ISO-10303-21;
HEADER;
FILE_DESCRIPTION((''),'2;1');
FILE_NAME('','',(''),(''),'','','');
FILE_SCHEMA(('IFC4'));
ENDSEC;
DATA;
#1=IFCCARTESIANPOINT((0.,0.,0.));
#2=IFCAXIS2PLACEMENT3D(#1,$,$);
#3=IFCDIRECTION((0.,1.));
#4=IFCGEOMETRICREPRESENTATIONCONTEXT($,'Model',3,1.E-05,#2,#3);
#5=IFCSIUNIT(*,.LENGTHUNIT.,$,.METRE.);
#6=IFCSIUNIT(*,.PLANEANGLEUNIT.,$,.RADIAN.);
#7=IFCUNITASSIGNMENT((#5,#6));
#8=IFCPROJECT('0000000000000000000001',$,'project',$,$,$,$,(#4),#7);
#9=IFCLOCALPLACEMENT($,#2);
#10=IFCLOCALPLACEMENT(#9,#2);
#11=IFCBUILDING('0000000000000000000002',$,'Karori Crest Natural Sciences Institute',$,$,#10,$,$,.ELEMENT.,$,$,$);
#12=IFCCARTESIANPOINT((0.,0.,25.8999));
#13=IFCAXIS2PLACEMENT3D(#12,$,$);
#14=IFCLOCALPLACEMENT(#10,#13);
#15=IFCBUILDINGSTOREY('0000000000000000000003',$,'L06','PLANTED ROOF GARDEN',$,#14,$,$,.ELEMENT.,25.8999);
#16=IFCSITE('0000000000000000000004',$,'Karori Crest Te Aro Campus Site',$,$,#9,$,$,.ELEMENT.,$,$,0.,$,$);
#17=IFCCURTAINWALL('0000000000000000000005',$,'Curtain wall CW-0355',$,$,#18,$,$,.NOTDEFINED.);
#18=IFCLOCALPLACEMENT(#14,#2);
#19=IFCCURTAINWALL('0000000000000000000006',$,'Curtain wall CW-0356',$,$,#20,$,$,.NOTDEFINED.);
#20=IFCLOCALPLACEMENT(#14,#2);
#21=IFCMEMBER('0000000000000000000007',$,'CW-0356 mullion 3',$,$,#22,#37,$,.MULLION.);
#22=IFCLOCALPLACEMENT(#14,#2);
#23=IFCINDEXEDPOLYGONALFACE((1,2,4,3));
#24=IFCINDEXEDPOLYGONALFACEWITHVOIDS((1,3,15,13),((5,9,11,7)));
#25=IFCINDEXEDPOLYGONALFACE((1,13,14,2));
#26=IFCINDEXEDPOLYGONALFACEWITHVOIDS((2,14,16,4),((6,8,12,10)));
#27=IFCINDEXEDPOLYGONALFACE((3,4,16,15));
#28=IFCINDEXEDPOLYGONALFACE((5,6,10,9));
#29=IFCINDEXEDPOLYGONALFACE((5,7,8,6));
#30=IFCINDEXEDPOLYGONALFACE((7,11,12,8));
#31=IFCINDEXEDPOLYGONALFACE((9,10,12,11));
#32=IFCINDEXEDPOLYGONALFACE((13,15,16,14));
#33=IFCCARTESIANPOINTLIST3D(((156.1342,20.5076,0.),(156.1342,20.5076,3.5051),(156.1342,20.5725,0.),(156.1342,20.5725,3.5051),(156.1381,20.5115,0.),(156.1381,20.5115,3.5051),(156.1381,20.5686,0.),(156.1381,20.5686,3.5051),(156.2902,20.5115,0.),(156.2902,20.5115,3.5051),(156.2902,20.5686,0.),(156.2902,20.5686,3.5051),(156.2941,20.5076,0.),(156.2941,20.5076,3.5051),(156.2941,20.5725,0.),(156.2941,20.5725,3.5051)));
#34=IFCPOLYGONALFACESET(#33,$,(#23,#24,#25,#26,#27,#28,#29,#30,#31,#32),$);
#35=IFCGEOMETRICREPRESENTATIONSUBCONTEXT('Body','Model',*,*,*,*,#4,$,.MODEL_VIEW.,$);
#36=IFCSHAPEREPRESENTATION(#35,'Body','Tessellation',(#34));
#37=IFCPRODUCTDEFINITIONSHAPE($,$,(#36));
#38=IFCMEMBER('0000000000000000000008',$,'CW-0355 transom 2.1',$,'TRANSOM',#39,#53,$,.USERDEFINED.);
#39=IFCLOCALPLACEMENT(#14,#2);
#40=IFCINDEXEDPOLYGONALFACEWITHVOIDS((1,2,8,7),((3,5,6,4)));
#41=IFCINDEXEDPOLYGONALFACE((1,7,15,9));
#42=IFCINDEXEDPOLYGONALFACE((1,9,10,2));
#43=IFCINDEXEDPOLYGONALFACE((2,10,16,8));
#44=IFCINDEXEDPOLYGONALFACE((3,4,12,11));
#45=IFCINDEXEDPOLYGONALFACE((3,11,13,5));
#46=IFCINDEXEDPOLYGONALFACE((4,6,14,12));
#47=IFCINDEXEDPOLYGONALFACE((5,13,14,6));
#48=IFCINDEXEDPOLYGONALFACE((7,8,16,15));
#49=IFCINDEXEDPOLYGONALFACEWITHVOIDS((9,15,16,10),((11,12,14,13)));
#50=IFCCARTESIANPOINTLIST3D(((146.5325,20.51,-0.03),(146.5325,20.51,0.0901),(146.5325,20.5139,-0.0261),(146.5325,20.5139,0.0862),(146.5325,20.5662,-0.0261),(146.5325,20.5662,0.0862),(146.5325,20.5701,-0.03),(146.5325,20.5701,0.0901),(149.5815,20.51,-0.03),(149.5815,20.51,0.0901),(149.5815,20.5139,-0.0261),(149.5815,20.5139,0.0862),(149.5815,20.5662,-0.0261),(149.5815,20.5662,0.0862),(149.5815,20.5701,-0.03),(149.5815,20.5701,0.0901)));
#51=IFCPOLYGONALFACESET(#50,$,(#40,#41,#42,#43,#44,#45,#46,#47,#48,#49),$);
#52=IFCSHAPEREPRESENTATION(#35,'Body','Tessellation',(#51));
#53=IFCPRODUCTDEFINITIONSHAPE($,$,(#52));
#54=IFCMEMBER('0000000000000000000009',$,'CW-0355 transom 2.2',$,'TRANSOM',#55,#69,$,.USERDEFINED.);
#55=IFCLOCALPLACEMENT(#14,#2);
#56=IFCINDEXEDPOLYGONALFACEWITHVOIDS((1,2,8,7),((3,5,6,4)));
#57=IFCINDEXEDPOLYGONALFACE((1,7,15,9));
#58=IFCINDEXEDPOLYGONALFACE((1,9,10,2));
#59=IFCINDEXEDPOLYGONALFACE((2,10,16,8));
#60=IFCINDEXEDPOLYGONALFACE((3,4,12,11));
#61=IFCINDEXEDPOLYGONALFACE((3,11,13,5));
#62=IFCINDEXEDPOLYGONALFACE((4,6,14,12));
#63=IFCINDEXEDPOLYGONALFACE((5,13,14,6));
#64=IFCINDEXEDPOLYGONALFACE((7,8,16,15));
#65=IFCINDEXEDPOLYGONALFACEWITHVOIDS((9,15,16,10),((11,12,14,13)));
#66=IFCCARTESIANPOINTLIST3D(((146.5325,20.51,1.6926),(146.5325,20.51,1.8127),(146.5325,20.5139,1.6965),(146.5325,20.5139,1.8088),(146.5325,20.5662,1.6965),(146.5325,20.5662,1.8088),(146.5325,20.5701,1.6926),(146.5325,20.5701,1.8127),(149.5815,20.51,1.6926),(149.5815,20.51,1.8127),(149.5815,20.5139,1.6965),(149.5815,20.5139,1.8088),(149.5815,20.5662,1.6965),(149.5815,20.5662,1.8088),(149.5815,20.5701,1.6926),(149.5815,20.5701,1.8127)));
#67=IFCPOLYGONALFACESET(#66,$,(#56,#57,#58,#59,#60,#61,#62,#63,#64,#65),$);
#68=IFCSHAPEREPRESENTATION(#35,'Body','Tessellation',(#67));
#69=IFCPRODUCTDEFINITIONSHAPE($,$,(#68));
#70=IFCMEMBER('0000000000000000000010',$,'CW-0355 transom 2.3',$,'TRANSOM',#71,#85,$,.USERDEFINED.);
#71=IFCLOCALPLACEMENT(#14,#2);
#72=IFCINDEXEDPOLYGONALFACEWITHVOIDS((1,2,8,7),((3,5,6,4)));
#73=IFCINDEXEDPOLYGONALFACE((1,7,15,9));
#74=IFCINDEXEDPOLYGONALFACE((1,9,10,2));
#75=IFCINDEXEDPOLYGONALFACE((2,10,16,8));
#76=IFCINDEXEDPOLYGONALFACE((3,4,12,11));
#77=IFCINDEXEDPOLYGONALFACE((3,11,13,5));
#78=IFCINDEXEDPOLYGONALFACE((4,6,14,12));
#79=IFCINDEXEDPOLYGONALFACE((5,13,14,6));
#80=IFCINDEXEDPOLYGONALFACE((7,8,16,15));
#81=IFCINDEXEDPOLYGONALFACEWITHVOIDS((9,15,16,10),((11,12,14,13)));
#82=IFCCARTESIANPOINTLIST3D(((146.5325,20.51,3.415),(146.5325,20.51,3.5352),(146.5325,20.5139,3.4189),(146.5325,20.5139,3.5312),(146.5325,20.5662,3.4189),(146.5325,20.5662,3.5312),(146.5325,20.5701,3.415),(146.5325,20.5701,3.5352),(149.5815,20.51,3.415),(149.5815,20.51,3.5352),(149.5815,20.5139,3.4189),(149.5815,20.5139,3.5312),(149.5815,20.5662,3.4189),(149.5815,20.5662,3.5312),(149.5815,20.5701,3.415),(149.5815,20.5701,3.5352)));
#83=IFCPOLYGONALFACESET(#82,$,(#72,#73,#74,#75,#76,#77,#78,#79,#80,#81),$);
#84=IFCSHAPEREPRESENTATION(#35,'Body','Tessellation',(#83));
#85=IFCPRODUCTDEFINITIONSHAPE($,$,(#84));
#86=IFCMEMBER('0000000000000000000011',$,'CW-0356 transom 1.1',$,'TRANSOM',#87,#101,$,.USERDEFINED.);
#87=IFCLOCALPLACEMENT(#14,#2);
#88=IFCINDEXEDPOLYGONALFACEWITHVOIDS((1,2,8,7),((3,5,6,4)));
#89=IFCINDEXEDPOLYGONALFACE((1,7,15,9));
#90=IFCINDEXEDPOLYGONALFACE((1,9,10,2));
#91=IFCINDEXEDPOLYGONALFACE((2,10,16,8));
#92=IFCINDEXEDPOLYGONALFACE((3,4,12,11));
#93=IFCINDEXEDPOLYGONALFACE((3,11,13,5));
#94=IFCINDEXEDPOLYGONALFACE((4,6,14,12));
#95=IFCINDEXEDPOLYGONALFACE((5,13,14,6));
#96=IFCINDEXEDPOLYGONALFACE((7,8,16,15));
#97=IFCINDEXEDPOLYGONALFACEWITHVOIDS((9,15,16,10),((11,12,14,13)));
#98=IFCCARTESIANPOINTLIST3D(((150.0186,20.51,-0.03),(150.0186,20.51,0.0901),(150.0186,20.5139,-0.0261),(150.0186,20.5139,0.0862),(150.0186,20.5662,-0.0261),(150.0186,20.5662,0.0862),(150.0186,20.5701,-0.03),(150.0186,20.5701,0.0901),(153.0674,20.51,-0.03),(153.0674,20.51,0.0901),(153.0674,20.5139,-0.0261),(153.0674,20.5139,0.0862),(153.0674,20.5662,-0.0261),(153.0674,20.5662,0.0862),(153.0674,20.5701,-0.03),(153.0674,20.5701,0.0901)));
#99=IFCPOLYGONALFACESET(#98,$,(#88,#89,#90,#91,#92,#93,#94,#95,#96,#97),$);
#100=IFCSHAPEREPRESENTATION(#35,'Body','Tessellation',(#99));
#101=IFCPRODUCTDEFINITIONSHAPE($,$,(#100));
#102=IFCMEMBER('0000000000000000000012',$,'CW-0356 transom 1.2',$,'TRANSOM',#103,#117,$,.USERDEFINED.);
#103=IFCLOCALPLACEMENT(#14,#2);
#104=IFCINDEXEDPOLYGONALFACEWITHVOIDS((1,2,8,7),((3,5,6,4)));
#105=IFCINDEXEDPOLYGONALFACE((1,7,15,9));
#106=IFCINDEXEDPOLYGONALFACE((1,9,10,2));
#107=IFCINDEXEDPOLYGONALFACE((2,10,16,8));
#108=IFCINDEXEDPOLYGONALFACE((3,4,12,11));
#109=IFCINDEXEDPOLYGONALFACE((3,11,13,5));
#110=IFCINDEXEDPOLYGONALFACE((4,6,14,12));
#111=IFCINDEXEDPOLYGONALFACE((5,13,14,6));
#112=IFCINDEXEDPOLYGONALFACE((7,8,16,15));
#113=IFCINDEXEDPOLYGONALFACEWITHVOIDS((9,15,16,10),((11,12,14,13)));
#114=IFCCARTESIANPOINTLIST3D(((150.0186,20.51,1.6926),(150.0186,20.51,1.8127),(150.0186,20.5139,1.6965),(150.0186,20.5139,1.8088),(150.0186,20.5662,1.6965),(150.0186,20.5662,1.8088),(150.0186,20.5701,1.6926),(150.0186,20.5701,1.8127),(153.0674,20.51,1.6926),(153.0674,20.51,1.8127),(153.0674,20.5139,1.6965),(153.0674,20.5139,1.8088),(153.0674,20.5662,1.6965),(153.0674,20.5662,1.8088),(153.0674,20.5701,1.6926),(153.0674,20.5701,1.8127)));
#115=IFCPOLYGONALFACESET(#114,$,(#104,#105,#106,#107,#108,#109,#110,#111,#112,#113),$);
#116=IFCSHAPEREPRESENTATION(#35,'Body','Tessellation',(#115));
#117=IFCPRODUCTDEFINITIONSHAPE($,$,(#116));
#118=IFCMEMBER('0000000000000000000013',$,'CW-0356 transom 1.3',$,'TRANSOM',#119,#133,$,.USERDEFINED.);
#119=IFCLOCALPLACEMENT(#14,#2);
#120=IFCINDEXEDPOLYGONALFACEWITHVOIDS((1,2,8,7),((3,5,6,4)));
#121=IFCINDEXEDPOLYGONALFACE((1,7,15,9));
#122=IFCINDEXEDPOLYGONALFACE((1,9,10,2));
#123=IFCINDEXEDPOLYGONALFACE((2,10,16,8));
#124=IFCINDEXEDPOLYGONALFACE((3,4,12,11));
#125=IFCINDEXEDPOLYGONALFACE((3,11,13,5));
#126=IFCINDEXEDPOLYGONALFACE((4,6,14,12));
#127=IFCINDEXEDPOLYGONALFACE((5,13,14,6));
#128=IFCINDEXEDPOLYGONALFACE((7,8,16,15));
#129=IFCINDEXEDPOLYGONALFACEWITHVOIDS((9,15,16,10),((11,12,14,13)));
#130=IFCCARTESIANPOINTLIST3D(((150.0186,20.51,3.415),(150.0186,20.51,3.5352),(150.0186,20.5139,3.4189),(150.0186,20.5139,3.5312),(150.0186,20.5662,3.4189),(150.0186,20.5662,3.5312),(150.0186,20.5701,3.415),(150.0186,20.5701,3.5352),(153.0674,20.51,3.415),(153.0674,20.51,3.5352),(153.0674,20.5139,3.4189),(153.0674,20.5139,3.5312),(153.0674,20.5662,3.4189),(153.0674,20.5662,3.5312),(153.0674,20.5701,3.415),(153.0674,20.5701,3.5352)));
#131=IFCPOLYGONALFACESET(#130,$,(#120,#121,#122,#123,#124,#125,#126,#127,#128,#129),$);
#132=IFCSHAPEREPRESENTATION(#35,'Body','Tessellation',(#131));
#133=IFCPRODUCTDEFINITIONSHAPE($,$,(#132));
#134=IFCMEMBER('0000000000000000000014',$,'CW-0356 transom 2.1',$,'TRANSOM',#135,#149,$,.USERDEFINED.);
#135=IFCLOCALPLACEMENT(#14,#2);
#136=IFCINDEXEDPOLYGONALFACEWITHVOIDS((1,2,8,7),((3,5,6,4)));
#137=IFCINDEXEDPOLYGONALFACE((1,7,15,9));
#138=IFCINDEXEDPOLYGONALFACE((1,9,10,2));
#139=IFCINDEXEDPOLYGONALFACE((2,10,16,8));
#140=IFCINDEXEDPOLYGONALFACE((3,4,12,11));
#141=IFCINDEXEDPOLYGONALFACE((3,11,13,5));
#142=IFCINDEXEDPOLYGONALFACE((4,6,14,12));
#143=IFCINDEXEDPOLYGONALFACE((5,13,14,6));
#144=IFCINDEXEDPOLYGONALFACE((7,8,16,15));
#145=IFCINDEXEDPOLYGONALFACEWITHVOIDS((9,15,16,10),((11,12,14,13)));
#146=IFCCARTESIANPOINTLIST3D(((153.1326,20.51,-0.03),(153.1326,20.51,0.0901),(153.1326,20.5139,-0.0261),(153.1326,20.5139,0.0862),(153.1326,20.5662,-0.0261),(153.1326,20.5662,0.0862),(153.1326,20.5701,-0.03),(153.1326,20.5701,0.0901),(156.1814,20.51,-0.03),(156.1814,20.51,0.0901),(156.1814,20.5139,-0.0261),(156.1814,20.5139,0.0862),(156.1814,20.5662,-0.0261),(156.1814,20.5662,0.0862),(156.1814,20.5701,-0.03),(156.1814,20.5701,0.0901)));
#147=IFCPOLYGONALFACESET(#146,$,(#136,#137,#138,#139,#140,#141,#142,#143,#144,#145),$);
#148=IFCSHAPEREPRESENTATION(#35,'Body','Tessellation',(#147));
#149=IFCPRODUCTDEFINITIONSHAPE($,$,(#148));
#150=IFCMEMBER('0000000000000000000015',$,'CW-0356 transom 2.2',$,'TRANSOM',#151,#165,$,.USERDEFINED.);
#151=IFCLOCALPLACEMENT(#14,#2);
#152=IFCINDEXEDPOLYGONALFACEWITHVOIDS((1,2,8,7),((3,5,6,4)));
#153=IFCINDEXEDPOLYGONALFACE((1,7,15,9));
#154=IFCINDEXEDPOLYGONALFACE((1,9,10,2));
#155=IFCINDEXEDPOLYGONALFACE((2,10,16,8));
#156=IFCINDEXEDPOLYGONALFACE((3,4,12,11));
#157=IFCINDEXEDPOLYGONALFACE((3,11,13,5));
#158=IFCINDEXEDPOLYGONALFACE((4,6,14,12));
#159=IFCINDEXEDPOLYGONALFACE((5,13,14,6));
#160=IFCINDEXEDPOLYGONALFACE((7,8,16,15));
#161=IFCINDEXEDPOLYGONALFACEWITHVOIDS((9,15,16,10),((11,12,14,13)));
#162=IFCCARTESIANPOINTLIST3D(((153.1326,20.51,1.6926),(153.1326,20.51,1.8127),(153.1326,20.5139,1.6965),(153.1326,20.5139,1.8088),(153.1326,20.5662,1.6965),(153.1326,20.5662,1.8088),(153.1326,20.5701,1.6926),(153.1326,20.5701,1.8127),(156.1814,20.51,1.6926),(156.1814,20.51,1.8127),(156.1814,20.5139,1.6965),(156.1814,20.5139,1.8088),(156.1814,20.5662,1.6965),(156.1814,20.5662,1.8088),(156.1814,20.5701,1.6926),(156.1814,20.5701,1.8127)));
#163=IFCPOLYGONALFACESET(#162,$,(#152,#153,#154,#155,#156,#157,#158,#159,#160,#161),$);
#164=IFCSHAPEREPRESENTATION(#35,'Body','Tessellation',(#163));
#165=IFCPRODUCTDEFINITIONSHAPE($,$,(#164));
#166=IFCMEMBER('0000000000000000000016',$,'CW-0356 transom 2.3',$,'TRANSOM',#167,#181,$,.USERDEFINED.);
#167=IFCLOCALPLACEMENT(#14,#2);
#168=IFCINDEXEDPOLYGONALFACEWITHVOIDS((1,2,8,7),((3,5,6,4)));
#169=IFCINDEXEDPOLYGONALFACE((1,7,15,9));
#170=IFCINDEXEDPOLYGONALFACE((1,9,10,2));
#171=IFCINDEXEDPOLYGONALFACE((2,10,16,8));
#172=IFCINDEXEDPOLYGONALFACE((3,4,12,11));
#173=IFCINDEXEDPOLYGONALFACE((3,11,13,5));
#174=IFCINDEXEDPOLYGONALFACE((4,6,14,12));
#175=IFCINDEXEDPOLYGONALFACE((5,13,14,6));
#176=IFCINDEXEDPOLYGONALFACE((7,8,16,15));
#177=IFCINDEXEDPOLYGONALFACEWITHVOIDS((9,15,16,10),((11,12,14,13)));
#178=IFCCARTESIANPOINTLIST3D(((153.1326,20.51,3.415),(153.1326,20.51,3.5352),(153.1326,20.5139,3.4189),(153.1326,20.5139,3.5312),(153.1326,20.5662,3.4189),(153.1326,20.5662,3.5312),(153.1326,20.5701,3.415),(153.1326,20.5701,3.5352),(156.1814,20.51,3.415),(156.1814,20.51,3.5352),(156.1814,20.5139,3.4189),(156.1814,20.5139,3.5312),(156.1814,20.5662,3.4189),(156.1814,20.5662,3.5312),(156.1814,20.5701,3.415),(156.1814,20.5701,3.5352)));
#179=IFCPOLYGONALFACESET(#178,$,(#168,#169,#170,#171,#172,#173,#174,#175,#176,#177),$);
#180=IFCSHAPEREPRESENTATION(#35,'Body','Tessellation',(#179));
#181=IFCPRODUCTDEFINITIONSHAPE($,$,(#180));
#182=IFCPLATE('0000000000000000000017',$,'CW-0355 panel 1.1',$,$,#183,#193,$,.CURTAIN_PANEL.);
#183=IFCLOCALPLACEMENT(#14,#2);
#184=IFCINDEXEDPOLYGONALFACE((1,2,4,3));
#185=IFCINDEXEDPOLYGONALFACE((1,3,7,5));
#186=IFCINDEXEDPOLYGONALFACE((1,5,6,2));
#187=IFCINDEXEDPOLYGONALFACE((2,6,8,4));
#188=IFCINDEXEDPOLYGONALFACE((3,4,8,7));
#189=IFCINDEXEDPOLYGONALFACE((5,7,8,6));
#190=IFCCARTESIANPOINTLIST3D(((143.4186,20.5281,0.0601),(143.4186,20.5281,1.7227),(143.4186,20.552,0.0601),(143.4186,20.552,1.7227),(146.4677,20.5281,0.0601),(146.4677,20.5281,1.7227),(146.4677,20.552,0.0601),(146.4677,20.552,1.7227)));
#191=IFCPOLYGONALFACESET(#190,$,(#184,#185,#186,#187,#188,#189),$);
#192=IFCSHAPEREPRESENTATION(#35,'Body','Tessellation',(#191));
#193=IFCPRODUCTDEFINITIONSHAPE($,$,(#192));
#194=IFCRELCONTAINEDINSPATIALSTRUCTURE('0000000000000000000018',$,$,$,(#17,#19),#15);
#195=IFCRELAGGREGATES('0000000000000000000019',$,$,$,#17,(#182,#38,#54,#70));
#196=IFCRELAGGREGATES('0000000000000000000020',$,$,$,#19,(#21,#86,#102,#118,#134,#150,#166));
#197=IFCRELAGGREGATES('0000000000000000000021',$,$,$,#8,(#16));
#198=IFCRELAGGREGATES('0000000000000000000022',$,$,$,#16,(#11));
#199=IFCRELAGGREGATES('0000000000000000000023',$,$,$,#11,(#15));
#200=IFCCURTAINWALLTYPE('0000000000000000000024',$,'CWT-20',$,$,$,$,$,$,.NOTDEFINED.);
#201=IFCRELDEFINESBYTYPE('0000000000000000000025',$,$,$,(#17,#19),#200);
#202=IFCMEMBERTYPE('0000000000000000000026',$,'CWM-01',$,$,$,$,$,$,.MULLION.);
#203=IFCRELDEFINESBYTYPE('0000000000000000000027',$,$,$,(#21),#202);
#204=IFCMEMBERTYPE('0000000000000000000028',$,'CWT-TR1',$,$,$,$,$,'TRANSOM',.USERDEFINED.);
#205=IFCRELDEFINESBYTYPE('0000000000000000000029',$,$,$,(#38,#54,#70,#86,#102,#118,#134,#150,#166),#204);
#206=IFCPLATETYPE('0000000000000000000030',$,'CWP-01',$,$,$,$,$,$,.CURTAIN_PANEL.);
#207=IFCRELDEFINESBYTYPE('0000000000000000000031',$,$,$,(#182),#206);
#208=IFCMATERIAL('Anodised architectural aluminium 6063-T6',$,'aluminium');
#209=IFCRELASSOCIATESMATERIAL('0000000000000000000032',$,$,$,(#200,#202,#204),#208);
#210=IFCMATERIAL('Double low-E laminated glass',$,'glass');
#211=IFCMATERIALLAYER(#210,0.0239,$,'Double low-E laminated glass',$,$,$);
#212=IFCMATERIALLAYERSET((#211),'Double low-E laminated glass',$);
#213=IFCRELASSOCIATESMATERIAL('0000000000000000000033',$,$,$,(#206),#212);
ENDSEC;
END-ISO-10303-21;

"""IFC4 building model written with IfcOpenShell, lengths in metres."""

from ifc_helpers import new_model, si_unit, direction, frame, origin, origin_2d, place, context, subcontext, project, spatial, rectangle, hollow_rectangle, extrude, material, layer, layer_set, material_profile, profile_set, type_object, element, aggregate, save


model = new_model("IFC4")

# Units and contexts
model_context = context("Model", 3, precision=1e-05, world=origin(), true_north=direction((0.0, 1.0)))
body_context = subcontext(model_context, "Body", "Model", "MODEL_VIEW")
ifc_project = project(units=[si_unit("LENGTHUNIT", "METRE"), si_unit("PLANEANGLEUNIT", "RADIAN")], contexts=[model_context])

# Site, building, storey
site_placement = place(None, origin())
site = spatial("IfcSite", under=ifc_project, at=site_placement, Name="Karori Crest Te Aro Campus Site", CompositionType="ELEMENT", RefElevation=0.0)
building_placement = place(site_placement, origin())
building = spatial("IfcBuilding", under=site, at=building_placement, Name="Karori Crest Natural Sciences Institute", CompositionType="ELEMENT")
storey_placement = place(building_placement, frame((0.0, 0.0, 25.8999)))
storey = spatial("IfcBuildingStorey", under=building, at=storey_placement, Name="L06", Description="PLANTED ROOF GARDEN", CompositionType="ELEMENT", Elevation=25.8999)

# Curtain walls, member
ifc_material_1 = material(Name="Anodised architectural aluminium 6063-T6", Category="aluminium")
curtain_wall_type = type_object("IfcCurtainWallType", Name="CWT-20", PredefinedType="NOTDEFINED", material=ifc_material_1)
curtain_wall_1_placement = place(storey_placement, origin())
curtain_wall_1 = element("IfcCurtainWall", 1, at=curtain_wall_1_placement, inside=storey, type_object=curtain_wall_type, Name="Curtain wall CW-0355", PredefinedType="NOTDEFINED")
ifc_material_profile_1 = material_profile(ifc_material_1, hollow_rectangle(XDim=0.0649, YDim=0.1599, WallThickness=0.0039, at=origin_2d()), Name="CWM160x65x4")
ifc_profile_set_1 = profile_set([ifc_material_profile_1], Name="Anodised architectural aluminium 6063-T6")
member_type_1 = type_object("IfcMemberType", Name="CWM-01", PredefinedType="MULLION", material=ifc_profile_set_1)
curtain_wall_2_placement = place(storey_placement, origin())
curtain_wall_2 = element("IfcCurtainWall", 2, at=curtain_wall_2_placement, inside=storey, type_object=curtain_wall_type, Name="Curtain wall CW-0356", PredefinedType="NOTDEFINED")
member_1_placement = place(storey_placement, frame((156.2141, 20.54, 0.0), z_axis=(0.0, 0.0, 1.0), x_axis=(0.0, 1.0, 0.0)))
member_1 = element("IfcMember", 3, at=member_1_placement, type_object=member_type_1, Name="CW-0356 mullion 3", PredefinedType="MULLION", context=body_context, shape_type="SweptSolid", body=[
    extrude(hollow_rectangle(XDim=0.0649, YDim=0.1599, WallThickness=0.0039, at=origin_2d()), origin(), (0.0, 0.0, 1.0), 3.5051),
])

# Members
ifc_material_profile_2 = material_profile(ifc_material_1, hollow_rectangle(XDim=0.0601, YDim=0.1201, WallThickness=0.0039, at=origin_2d()), Name="CWT120x60x4")
ifc_profile_set_2 = profile_set([ifc_material_profile_2], Name="Anodised architectural aluminium 6063-T6")
member_type_2 = type_object("IfcMemberType", Name="CWT-TR1", ElementType="TRANSOM", PredefinedType="USERDEFINED", material=ifc_profile_set_2)
member_2_placement = place(storey_placement, frame((146.5325, 20.54, 0.03), z_axis=(1.0, 0.0, 0.0), x_axis=(0.0, 1.0, 0.0)))
member_2 = element("IfcMember", 4, at=member_2_placement, type_object=member_type_2, Name="CW-0355 transom 2.1", ObjectType="TRANSOM", PredefinedType="USERDEFINED", context=body_context, shape_type="SweptSolid", body=[
    extrude(hollow_rectangle(XDim=0.0601, YDim=0.1201, WallThickness=0.0039, at=origin_2d()), origin(), (0.0, 0.0, 1.0), 3.0491),
])
member_3_placement = place(storey_placement, frame((146.5325, 20.54, 1.7527), z_axis=(1.0, 0.0, 0.0), x_axis=(0.0, 1.0, 0.0)))
member_3 = element("IfcMember", 5, at=member_3_placement, type_object=member_type_2, Name="CW-0355 transom 2.2", ObjectType="TRANSOM", PredefinedType="USERDEFINED", context=body_context, shape_type="SweptSolid", body=[
    extrude(hollow_rectangle(XDim=0.0601, YDim=0.1201, WallThickness=0.0039, at=origin_2d()), origin(), (0.0, 0.0, 1.0), 3.0491),
])
member_4_placement = place(storey_placement, frame((146.5325, 20.54, 3.4751), z_axis=(1.0, 0.0, 0.0), x_axis=(0.0, 1.0, 0.0)))
member_4 = element("IfcMember", 6, at=member_4_placement, type_object=member_type_2, Name="CW-0355 transom 2.3", ObjectType="TRANSOM", PredefinedType="USERDEFINED", context=body_context, shape_type="SweptSolid", body=[
    extrude(hollow_rectangle(XDim=0.0601, YDim=0.1201, WallThickness=0.0039, at=origin_2d()), origin(), (0.0, 0.0, 1.0), 3.0491),
])
member_5_placement = place(storey_placement, frame((150.0186, 20.54, 0.03), z_axis=(1.0, 0.0, 0.0), x_axis=(0.0, 1.0, 0.0)))
member_5 = element("IfcMember", 7, at=member_5_placement, type_object=member_type_2, Name="CW-0356 transom 1.1", ObjectType="TRANSOM", PredefinedType="USERDEFINED", context=body_context, shape_type="SweptSolid", body=[
    extrude(hollow_rectangle(XDim=0.0601, YDim=0.1201, WallThickness=0.0039, at=origin_2d()), origin(), (0.0, 0.0, 1.0), 3.0488),
])
member_6_placement = place(storey_placement, frame((150.0186, 20.54, 1.7527), z_axis=(1.0, 0.0, 0.0), x_axis=(0.0, 1.0, 0.0)))
member_6 = element("IfcMember", 8, at=member_6_placement, type_object=member_type_2, Name="CW-0356 transom 1.2", ObjectType="TRANSOM", PredefinedType="USERDEFINED", context=body_context, shape_type="SweptSolid", body=[
    extrude(hollow_rectangle(XDim=0.0601, YDim=0.1201, WallThickness=0.0039, at=origin_2d()), origin(), (0.0, 0.0, 1.0), 3.0488),
])
member_7_placement = place(storey_placement, frame((150.0186, 20.54, 3.4751), z_axis=(1.0, 0.0, 0.0), x_axis=(0.0, 1.0, 0.0)))
member_7 = element("IfcMember", 9, at=member_7_placement, type_object=member_type_2, Name="CW-0356 transom 1.3", ObjectType="TRANSOM", PredefinedType="USERDEFINED", context=body_context, shape_type="SweptSolid", body=[
    extrude(hollow_rectangle(XDim=0.0601, YDim=0.1201, WallThickness=0.0039, at=origin_2d()), origin(), (0.0, 0.0, 1.0), 3.0488),
])
member_8_placement = place(storey_placement, frame((153.1326, 20.54, 0.03), z_axis=(1.0, 0.0, 0.0), x_axis=(0.0, 1.0, 0.0)))
member_8 = element("IfcMember", 10, at=member_8_placement, type_object=member_type_2, Name="CW-0356 transom 2.1", ObjectType="TRANSOM", PredefinedType="USERDEFINED", context=body_context, shape_type="SweptSolid", body=[
    extrude(hollow_rectangle(XDim=0.0601, YDim=0.1201, WallThickness=0.0039, at=origin_2d()), origin(), (0.0, 0.0, 1.0), 3.0488),
])
member_9_placement = place(storey_placement, frame((153.1326, 20.54, 1.7527), z_axis=(1.0, 0.0, 0.0), x_axis=(0.0, 1.0, 0.0)))
member_9 = element("IfcMember", 11, at=member_9_placement, type_object=member_type_2, Name="CW-0356 transom 2.2", ObjectType="TRANSOM", PredefinedType="USERDEFINED", context=body_context, shape_type="SweptSolid", body=[
    extrude(hollow_rectangle(XDim=0.0601, YDim=0.1201, WallThickness=0.0039, at=origin_2d()), origin(), (0.0, 0.0, 1.0), 3.0488),
])
member_10_placement = place(storey_placement, frame((153.1326, 20.54, 3.4751), z_axis=(1.0, 0.0, 0.0), x_axis=(0.0, 1.0, 0.0)))
member_10 = element("IfcMember", 12, at=member_10_placement, type_object=member_type_2, Name="CW-0356 transom 2.3", ObjectType="TRANSOM", PredefinedType="USERDEFINED", context=body_context, shape_type="SweptSolid", body=[
    extrude(hollow_rectangle(XDim=0.0601, YDim=0.1201, WallThickness=0.0039, at=origin_2d()), origin(), (0.0, 0.0, 1.0), 3.0488),
])

# Plate
ifc_material_2 = material(Name="Double low-E laminated glass", Category="glass")
ifc_layer_1 = layer(ifc_material_2, 0.0239, Name="Double low-E laminated glass")
ifc_layer_set_1 = layer_set([ifc_layer_1], Name="Double low-E laminated glass")
plate_type = type_object("IfcPlateType", Name="CWP-01", PredefinedType="CURTAIN_PANEL", material=ifc_layer_set_1)
plate_1_placement = place(storey_placement, frame((144.9431, 20.54, 0.0601), z_axis=(0.0, 0.0, 1.0), x_axis=(1.0, 0.0, 0.0)))
plate_1 = element("IfcPlate", 13, at=plate_1_placement, type_object=plate_type, Name="CW-0355 panel 1.1", PredefinedType="CURTAIN_PANEL", context=body_context, shape_type="SweptSolid", body=[
    extrude(rectangle(XDim=3.0491, YDim=0.0239, at=origin_2d()), origin(), (0.0, 0.0, 1.0), 1.6626),
])
aggregate(curtain_wall_1, [plate_1, member_2, member_3, member_4])
aggregate(curtain_wall_2, [member_1, member_5, member_6, member_7, member_8, member_9, member_10])

save(model, "model.ifc")
